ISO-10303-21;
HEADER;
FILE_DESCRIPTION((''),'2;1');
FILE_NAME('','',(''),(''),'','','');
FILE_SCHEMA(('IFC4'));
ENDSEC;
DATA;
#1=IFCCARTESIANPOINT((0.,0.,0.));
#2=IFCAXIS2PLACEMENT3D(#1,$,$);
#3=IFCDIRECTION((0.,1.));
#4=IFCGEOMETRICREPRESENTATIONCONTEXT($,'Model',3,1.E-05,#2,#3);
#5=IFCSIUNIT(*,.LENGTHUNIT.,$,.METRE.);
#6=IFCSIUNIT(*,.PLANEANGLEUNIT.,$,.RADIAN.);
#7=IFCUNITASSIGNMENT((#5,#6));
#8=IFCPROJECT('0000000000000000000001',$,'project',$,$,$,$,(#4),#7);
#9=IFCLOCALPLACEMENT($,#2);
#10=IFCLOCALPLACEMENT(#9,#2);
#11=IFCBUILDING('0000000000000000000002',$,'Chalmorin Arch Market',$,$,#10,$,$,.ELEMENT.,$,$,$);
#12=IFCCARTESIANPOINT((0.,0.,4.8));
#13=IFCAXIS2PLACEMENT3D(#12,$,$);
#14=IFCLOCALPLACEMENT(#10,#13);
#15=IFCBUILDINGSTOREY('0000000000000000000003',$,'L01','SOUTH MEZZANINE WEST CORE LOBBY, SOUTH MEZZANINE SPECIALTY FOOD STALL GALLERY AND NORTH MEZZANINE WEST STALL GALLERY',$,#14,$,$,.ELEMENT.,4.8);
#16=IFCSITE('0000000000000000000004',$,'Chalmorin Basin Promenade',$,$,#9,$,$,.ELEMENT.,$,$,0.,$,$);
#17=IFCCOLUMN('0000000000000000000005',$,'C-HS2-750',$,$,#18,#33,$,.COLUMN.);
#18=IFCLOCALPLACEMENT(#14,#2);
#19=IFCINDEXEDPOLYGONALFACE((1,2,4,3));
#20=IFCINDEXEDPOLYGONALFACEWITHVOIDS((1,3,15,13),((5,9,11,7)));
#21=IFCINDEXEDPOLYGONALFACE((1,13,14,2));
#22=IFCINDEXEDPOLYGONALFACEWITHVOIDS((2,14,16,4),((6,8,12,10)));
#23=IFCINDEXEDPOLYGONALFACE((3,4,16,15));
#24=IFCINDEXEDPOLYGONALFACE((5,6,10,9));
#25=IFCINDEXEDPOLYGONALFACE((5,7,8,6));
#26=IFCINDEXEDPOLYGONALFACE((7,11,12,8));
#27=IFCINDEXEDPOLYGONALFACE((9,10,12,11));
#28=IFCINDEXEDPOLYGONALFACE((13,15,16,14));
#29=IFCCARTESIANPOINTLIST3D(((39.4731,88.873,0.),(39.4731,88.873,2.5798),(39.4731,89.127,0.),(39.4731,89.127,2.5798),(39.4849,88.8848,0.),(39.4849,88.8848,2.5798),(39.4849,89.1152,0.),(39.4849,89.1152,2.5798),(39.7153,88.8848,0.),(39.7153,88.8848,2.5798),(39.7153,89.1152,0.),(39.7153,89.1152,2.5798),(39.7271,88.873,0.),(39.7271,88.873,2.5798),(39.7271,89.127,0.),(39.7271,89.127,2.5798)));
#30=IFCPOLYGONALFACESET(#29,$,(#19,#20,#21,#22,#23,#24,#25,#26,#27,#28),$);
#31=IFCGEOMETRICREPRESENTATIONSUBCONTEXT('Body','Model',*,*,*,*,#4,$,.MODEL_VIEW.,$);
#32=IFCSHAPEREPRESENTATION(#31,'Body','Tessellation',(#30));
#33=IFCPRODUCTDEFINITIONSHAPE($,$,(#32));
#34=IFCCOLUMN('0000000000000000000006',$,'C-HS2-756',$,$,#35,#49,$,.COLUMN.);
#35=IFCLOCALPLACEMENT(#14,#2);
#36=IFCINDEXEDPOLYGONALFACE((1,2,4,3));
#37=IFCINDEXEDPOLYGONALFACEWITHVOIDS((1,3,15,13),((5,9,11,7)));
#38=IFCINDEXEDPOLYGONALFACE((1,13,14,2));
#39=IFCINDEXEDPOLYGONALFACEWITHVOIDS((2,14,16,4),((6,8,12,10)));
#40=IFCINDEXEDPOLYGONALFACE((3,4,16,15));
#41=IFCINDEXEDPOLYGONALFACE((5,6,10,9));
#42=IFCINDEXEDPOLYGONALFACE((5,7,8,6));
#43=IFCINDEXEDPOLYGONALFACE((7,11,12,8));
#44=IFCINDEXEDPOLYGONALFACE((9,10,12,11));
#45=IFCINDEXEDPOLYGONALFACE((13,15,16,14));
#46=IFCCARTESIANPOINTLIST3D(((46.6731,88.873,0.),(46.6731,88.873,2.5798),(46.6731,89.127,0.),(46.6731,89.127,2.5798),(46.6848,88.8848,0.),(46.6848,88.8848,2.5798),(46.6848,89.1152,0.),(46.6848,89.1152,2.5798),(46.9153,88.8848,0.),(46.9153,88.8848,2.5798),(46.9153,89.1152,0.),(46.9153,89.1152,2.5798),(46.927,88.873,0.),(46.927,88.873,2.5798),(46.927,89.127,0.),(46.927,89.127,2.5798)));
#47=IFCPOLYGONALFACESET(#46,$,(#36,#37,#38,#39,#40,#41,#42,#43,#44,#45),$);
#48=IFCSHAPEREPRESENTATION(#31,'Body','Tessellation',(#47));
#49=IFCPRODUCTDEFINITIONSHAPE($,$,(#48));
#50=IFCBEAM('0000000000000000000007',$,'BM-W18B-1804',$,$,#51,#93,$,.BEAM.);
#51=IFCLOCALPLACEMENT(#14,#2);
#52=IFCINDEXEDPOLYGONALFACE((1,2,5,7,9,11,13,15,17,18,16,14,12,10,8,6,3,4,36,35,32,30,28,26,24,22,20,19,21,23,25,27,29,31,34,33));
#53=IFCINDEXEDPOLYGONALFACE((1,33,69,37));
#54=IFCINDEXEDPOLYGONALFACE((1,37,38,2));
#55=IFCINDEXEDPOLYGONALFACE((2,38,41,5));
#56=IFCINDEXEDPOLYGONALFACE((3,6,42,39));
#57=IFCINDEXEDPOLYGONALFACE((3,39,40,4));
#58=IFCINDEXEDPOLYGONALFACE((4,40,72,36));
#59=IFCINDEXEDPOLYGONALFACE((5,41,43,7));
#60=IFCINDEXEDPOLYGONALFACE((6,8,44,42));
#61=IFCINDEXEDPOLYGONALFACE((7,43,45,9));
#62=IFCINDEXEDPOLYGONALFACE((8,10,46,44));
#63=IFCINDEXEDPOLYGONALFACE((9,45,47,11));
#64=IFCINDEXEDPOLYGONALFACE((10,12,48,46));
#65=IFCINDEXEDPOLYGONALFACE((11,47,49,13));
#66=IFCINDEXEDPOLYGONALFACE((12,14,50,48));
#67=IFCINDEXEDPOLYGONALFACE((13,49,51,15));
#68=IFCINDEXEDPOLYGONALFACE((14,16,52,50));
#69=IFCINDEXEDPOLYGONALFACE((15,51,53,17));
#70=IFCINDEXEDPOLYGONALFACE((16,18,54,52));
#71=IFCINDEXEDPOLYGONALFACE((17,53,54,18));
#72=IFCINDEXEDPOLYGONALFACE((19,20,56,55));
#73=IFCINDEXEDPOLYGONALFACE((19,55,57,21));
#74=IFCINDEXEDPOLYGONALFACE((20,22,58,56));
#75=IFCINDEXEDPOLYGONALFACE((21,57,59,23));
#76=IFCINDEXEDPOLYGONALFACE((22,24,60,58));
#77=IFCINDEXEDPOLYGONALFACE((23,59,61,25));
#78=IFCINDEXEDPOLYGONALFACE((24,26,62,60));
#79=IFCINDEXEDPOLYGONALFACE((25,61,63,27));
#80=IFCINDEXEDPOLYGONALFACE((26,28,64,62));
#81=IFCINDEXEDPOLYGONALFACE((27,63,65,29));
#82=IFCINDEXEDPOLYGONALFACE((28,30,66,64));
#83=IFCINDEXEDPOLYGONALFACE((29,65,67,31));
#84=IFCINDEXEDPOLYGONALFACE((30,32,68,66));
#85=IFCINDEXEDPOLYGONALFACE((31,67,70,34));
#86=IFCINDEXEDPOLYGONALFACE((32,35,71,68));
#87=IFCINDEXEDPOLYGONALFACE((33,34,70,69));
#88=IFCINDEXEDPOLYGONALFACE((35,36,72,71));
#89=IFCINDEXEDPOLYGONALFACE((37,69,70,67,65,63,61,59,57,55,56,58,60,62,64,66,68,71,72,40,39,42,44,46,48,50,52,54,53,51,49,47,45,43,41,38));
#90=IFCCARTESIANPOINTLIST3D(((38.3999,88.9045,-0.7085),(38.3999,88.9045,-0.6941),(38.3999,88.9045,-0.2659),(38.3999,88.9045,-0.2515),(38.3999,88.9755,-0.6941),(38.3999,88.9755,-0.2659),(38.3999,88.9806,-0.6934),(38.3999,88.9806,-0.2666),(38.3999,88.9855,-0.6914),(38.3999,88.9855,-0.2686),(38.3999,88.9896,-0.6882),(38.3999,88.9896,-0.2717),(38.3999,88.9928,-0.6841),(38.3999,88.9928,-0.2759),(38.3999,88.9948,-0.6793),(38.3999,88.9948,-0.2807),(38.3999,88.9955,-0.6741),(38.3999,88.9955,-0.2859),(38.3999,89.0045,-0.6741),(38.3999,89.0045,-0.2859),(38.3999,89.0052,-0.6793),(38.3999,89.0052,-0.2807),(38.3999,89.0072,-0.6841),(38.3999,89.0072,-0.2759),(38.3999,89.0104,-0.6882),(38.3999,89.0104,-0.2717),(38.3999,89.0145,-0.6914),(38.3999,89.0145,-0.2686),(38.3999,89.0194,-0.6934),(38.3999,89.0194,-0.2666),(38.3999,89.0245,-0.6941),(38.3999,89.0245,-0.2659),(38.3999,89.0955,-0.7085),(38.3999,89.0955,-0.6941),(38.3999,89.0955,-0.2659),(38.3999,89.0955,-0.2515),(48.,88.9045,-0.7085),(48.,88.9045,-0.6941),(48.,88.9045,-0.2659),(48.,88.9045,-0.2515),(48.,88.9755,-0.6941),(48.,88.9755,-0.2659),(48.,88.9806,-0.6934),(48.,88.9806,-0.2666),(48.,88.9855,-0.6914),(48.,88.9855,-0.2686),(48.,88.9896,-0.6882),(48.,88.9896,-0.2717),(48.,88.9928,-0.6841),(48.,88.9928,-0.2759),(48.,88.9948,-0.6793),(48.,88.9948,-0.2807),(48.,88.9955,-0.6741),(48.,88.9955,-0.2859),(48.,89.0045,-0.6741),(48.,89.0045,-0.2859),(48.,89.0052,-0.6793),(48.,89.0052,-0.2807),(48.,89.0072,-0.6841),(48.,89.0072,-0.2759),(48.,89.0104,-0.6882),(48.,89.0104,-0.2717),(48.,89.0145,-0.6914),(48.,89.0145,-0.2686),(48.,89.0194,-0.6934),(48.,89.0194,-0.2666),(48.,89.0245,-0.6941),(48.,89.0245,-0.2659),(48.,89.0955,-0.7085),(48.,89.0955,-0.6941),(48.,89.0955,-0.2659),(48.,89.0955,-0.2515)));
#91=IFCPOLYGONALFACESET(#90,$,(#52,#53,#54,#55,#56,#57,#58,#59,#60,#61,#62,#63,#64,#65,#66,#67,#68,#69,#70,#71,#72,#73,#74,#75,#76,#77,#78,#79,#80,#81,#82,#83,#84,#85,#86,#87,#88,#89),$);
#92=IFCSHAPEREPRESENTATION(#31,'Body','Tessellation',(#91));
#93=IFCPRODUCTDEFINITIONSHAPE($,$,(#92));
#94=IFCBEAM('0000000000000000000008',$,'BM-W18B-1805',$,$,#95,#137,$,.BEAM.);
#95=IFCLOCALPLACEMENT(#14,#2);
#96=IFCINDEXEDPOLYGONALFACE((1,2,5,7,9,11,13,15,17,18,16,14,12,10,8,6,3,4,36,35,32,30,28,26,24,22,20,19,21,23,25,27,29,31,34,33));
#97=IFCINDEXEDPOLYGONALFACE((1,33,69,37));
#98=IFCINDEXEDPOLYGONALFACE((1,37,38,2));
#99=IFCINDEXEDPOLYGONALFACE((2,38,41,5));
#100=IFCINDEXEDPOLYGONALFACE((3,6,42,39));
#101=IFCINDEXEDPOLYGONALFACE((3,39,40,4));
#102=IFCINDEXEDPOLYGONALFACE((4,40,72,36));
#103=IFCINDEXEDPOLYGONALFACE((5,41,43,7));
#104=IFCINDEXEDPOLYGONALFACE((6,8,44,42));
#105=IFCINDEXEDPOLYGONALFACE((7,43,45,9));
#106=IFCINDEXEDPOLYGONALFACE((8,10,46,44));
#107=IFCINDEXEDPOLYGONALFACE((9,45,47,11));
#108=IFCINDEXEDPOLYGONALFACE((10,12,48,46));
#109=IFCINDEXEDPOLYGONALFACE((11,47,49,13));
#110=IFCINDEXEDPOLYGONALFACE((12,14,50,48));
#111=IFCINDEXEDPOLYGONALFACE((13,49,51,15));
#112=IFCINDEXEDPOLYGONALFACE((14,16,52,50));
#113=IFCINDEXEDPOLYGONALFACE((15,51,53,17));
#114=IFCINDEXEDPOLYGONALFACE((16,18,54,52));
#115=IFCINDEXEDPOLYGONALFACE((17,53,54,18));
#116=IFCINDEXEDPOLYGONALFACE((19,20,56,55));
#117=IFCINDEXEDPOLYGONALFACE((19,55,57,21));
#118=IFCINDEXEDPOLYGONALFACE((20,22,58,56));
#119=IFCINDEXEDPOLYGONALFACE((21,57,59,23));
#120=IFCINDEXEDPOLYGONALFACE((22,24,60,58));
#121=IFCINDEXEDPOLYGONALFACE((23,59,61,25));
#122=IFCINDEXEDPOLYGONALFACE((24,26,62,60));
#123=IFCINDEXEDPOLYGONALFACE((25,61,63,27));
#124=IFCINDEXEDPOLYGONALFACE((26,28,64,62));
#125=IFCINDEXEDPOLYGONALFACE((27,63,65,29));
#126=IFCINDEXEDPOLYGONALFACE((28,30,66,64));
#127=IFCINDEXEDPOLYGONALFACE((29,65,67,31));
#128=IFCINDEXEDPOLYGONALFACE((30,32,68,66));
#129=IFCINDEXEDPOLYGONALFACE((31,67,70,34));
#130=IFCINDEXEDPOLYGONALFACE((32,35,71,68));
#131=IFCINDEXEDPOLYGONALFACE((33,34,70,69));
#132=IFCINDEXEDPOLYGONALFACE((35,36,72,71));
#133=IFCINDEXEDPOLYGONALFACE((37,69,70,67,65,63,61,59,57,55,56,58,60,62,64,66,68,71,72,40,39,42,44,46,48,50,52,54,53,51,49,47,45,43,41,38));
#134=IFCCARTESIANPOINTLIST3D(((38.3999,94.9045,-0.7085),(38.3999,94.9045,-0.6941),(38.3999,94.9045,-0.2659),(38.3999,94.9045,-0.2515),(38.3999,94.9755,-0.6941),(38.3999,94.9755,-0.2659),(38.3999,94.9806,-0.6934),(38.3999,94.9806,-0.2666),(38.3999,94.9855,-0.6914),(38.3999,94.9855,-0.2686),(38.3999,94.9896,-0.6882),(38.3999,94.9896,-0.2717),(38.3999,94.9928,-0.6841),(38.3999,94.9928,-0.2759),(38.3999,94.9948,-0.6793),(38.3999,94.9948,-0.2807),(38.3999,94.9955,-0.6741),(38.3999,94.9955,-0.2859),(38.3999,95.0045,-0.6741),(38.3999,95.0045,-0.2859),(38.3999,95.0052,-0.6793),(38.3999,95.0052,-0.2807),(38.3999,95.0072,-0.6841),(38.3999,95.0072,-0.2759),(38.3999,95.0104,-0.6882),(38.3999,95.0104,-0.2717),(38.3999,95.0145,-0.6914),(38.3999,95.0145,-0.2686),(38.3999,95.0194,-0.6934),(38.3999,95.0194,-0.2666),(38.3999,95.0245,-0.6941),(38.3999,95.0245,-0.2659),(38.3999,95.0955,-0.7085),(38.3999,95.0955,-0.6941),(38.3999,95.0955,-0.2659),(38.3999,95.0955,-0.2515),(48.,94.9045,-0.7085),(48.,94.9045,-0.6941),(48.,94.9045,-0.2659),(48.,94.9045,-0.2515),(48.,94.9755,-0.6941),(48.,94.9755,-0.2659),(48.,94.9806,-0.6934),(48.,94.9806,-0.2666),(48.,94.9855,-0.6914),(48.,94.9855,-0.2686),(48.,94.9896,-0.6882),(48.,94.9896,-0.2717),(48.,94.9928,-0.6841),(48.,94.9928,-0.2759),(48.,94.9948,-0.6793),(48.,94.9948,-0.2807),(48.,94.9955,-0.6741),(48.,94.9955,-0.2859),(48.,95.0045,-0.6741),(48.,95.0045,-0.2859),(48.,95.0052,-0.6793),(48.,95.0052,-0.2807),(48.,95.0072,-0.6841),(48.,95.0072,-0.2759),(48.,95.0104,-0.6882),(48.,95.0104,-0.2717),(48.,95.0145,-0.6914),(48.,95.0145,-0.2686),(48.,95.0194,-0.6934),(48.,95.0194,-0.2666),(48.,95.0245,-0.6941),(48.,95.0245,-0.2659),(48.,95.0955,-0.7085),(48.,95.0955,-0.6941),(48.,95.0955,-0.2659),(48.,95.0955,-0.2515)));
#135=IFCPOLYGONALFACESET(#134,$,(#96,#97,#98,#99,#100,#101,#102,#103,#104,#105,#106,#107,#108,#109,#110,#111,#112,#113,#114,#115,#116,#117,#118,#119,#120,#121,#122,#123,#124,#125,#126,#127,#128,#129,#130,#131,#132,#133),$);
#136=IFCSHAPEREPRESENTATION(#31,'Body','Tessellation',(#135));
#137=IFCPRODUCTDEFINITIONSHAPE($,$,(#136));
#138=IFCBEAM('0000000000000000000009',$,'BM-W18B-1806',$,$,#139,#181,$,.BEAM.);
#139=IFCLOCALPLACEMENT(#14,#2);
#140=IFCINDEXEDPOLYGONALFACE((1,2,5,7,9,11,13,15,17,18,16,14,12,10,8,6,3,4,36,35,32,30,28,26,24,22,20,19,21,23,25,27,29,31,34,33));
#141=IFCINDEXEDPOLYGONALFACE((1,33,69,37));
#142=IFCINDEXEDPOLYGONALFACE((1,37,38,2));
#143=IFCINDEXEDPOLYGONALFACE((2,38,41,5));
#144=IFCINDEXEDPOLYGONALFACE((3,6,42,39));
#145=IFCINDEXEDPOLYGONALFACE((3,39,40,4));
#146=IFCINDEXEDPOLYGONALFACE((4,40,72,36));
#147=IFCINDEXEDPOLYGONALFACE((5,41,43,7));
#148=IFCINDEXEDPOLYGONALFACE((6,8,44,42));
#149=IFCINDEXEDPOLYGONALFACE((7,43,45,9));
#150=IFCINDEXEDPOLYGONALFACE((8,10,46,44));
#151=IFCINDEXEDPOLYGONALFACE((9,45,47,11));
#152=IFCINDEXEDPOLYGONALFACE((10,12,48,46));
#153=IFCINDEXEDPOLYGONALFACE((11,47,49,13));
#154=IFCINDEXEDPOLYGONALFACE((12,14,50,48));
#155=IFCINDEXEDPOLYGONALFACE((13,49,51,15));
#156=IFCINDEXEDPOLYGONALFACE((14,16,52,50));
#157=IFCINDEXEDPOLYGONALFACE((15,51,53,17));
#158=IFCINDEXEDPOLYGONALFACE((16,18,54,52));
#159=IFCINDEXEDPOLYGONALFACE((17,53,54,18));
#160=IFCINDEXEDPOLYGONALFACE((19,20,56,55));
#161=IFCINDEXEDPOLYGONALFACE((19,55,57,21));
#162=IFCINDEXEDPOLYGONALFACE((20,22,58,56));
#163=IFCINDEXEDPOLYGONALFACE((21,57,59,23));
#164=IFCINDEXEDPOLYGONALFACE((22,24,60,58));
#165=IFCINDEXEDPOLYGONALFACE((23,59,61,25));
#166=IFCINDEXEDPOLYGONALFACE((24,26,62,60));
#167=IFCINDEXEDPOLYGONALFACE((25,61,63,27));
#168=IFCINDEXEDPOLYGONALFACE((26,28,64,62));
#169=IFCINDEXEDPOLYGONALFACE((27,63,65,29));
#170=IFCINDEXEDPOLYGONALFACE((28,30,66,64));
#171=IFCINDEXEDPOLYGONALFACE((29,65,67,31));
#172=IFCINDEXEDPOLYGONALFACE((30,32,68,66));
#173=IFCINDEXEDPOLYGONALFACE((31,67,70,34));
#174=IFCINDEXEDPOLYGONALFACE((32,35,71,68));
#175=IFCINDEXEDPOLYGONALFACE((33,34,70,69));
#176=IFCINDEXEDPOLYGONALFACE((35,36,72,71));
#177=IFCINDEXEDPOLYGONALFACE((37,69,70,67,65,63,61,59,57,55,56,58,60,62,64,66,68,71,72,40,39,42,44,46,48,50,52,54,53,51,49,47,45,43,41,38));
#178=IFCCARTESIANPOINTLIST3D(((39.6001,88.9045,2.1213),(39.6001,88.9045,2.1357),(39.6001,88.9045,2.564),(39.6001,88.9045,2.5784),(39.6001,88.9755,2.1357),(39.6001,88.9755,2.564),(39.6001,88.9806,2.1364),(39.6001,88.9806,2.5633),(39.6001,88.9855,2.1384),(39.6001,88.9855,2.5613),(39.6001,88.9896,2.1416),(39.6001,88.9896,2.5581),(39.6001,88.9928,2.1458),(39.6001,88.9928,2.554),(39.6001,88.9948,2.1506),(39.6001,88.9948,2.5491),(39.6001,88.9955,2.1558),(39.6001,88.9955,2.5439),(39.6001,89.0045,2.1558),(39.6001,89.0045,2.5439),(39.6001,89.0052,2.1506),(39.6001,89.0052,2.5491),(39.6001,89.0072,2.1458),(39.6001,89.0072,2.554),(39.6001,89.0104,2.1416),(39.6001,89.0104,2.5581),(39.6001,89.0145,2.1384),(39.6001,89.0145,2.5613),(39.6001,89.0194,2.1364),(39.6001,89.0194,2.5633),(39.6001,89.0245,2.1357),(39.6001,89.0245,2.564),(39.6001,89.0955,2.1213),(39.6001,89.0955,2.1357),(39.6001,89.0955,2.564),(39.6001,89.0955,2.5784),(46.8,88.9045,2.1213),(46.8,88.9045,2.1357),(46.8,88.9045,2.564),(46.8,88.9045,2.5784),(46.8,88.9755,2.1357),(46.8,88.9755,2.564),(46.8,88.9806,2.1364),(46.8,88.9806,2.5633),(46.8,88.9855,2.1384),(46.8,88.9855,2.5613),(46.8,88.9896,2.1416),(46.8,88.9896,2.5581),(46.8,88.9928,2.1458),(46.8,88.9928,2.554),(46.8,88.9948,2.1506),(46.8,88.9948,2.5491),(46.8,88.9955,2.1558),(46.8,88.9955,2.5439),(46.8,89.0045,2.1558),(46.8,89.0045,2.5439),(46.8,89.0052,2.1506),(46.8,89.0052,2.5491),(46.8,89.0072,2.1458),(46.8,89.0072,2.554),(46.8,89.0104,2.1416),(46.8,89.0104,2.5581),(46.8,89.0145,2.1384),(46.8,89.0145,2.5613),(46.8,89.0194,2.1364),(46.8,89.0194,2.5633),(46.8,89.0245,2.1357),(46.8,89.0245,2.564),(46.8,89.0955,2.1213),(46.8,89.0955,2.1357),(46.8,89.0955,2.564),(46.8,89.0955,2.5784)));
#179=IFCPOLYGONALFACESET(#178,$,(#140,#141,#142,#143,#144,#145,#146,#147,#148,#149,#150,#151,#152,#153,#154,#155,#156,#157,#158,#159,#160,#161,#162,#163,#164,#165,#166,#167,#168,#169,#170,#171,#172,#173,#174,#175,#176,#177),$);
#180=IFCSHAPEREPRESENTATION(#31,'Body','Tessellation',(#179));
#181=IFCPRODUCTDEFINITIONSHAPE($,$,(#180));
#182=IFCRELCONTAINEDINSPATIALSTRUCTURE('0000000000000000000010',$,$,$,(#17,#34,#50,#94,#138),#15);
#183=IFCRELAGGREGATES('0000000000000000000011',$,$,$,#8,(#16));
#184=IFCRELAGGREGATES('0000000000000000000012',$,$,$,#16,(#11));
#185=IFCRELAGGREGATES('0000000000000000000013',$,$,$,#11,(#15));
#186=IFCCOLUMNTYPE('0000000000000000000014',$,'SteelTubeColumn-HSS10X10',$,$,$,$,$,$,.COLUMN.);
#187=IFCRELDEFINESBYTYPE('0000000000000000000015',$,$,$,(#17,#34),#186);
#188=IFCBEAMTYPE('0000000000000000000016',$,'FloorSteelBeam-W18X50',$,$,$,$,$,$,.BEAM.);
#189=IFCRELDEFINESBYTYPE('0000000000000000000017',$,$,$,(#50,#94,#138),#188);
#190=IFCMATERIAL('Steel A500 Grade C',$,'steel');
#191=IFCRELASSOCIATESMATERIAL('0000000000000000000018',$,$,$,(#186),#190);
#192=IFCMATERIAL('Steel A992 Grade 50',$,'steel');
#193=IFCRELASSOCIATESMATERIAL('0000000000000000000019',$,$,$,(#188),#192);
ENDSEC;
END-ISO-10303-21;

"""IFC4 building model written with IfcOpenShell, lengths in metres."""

from ifc_helpers import new_model, si_unit, direction, frame, origin, origin_2d, place, context, subcontext, project, spatial, hollow_rectangle, i_section, extrude, material, material_profile, profile_set, type_object, element, save


model = new_model("IFC4")

# Units and contexts
model_context = context("Model", 3, precision=1e-05, world=origin(), true_north=direction((0.0, 1.0)))
body_context = subcontext(model_context, "Body", "Model", "MODEL_VIEW")
ifc_project = project(units=[si_unit("LENGTHUNIT", "METRE"), si_unit("PLANEANGLEUNIT", "RADIAN")], contexts=[model_context])

# Site, building, storey
site_placement = place(None, origin())
site = spatial("IfcSite", under=ifc_project, at=site_placement, Name="Chalmorin Basin Promenade", CompositionType="ELEMENT", RefElevation=0.0)
building_placement = place(site_placement, origin())
building = spatial("IfcBuilding", under=site, at=building_placement, Name="Chalmorin Arch Market", CompositionType="ELEMENT")
storey_placement = place(building_placement, frame((0.0, 0.0, 4.8)))
storey = spatial("IfcBuildingStorey", under=building, at=storey_placement, Name="L01", Description="SOUTH MEZZANINE WEST CORE LOBBY, SOUTH MEZZANINE SPECIALTY FOOD STALL GALLERY AND NORTH MEZZANINE WEST STALL GALLERY", CompositionType="ELEMENT", Elevation=4.8)

# Columns
ifc_material_1 = material(Name="Steel A500 Grade C", Category="steel")
ifc_material_profile_1 = material_profile(ifc_material_1, hollow_rectangle(XDim=0.2539, YDim=0.2539, WallThickness=0.0117, at=origin_2d()), Name="HSS10X10X1/2")
ifc_profile_set_1 = profile_set([ifc_material_profile_1], Name="Steel A500 Grade C")
column_type = type_object("IfcColumnType", Name="SteelTubeColumn-HSS10X10", PredefinedType="COLUMN", material=ifc_profile_set_1)
for number, where, z_axis, x_axis, name in (
    (1, (39.6001, 89.0, 0.0), (0.0, 0.0, 1.0), (1.0, 0.0, 0.0), "C-HS2-750"),
    (2, (46.8, 89.0, 0.0), (0.0, 0.0, 1.0), (1.0, 0.0, 0.0), "C-HS2-756"),
):
    element("IfcColumn", number, at=place(storey_placement, frame(where, z_axis=z_axis, x_axis=x_axis)), inside=storey, type_object=column_type, Name=name, PredefinedType="COLUMN", context=body_context, shape_type="SweptSolid", body=[
        extrude(hollow_rectangle(XDim=0.2539, YDim=0.2539, WallThickness=0.0117, at=origin_2d()), origin(), (0.0, 0.0, 1.0), 2.5798),
    ])

# Beams
ifc_material_2 = material(Name="Steel A992 Grade 50", Category="steel")
ifc_material_profile_2 = material_profile(ifc_material_2, i_section(OverallWidth=0.1909, OverallDepth=0.457, WebThickness=0.009, FlangeThickness=0.0144, FilletRadius=0.02, at=origin_2d()), Name="W18X50")
ifc_profile_set_2 = profile_set([ifc_material_profile_2], Name="Steel A992 Grade 50")
beam_type_1 = type_object("IfcBeamType", Name="FloorSteelBeam-W18X50", PredefinedType="BEAM", material=ifc_profile_set_2)
for number, where, z_axis, x_axis, name in (
    (3, (38.3999, 89.0, -0.48), (1.0, 0.0, 0.0), (0.0, 1.0, 0.0), "BM-W18B-1804"),
    (4, (38.3999, 95.0, -0.48), (1.0, 0.0, 0.0), (0.0, 1.0, 0.0), "BM-W18B-1805"),
):
    element("IfcBeam", number, at=place(storey_placement, frame(where, z_axis=z_axis, x_axis=x_axis)), inside=storey, type_object=beam_type_1, Name=name, PredefinedType="BEAM", context=body_context, shape_type="SweptSolid", body=[
        extrude(i_section(OverallWidth=0.1909, OverallDepth=0.457, WebThickness=0.009, FlangeThickness=0.0144, FilletRadius=0.02, at=origin_2d()), origin(), (0.0, 0.0, 1.0), 9.6001),
    ])
beam_1_placement = place(storey_placement, frame((39.6001, 89.0, 2.3499), z_axis=(1.0, 0.0, 0.0), x_axis=(0.0, 1.0, 0.0)))
element("IfcBeam", 5, at=beam_1_placement, inside=storey, type_object=beam_type_1, Name="BM-W18B-1806", PredefinedType="BEAM", context=body_context, shape_type="SweptSolid", body=[
    extrude(i_section(OverallWidth=0.1909, OverallDepth=0.457, WebThickness=0.009, FlangeThickness=0.0144, FilletRadius=0.02, at=origin_2d()), origin(), (0.0, 0.0, 1.0), 7.2),
])

save(model, "model.ifc")
